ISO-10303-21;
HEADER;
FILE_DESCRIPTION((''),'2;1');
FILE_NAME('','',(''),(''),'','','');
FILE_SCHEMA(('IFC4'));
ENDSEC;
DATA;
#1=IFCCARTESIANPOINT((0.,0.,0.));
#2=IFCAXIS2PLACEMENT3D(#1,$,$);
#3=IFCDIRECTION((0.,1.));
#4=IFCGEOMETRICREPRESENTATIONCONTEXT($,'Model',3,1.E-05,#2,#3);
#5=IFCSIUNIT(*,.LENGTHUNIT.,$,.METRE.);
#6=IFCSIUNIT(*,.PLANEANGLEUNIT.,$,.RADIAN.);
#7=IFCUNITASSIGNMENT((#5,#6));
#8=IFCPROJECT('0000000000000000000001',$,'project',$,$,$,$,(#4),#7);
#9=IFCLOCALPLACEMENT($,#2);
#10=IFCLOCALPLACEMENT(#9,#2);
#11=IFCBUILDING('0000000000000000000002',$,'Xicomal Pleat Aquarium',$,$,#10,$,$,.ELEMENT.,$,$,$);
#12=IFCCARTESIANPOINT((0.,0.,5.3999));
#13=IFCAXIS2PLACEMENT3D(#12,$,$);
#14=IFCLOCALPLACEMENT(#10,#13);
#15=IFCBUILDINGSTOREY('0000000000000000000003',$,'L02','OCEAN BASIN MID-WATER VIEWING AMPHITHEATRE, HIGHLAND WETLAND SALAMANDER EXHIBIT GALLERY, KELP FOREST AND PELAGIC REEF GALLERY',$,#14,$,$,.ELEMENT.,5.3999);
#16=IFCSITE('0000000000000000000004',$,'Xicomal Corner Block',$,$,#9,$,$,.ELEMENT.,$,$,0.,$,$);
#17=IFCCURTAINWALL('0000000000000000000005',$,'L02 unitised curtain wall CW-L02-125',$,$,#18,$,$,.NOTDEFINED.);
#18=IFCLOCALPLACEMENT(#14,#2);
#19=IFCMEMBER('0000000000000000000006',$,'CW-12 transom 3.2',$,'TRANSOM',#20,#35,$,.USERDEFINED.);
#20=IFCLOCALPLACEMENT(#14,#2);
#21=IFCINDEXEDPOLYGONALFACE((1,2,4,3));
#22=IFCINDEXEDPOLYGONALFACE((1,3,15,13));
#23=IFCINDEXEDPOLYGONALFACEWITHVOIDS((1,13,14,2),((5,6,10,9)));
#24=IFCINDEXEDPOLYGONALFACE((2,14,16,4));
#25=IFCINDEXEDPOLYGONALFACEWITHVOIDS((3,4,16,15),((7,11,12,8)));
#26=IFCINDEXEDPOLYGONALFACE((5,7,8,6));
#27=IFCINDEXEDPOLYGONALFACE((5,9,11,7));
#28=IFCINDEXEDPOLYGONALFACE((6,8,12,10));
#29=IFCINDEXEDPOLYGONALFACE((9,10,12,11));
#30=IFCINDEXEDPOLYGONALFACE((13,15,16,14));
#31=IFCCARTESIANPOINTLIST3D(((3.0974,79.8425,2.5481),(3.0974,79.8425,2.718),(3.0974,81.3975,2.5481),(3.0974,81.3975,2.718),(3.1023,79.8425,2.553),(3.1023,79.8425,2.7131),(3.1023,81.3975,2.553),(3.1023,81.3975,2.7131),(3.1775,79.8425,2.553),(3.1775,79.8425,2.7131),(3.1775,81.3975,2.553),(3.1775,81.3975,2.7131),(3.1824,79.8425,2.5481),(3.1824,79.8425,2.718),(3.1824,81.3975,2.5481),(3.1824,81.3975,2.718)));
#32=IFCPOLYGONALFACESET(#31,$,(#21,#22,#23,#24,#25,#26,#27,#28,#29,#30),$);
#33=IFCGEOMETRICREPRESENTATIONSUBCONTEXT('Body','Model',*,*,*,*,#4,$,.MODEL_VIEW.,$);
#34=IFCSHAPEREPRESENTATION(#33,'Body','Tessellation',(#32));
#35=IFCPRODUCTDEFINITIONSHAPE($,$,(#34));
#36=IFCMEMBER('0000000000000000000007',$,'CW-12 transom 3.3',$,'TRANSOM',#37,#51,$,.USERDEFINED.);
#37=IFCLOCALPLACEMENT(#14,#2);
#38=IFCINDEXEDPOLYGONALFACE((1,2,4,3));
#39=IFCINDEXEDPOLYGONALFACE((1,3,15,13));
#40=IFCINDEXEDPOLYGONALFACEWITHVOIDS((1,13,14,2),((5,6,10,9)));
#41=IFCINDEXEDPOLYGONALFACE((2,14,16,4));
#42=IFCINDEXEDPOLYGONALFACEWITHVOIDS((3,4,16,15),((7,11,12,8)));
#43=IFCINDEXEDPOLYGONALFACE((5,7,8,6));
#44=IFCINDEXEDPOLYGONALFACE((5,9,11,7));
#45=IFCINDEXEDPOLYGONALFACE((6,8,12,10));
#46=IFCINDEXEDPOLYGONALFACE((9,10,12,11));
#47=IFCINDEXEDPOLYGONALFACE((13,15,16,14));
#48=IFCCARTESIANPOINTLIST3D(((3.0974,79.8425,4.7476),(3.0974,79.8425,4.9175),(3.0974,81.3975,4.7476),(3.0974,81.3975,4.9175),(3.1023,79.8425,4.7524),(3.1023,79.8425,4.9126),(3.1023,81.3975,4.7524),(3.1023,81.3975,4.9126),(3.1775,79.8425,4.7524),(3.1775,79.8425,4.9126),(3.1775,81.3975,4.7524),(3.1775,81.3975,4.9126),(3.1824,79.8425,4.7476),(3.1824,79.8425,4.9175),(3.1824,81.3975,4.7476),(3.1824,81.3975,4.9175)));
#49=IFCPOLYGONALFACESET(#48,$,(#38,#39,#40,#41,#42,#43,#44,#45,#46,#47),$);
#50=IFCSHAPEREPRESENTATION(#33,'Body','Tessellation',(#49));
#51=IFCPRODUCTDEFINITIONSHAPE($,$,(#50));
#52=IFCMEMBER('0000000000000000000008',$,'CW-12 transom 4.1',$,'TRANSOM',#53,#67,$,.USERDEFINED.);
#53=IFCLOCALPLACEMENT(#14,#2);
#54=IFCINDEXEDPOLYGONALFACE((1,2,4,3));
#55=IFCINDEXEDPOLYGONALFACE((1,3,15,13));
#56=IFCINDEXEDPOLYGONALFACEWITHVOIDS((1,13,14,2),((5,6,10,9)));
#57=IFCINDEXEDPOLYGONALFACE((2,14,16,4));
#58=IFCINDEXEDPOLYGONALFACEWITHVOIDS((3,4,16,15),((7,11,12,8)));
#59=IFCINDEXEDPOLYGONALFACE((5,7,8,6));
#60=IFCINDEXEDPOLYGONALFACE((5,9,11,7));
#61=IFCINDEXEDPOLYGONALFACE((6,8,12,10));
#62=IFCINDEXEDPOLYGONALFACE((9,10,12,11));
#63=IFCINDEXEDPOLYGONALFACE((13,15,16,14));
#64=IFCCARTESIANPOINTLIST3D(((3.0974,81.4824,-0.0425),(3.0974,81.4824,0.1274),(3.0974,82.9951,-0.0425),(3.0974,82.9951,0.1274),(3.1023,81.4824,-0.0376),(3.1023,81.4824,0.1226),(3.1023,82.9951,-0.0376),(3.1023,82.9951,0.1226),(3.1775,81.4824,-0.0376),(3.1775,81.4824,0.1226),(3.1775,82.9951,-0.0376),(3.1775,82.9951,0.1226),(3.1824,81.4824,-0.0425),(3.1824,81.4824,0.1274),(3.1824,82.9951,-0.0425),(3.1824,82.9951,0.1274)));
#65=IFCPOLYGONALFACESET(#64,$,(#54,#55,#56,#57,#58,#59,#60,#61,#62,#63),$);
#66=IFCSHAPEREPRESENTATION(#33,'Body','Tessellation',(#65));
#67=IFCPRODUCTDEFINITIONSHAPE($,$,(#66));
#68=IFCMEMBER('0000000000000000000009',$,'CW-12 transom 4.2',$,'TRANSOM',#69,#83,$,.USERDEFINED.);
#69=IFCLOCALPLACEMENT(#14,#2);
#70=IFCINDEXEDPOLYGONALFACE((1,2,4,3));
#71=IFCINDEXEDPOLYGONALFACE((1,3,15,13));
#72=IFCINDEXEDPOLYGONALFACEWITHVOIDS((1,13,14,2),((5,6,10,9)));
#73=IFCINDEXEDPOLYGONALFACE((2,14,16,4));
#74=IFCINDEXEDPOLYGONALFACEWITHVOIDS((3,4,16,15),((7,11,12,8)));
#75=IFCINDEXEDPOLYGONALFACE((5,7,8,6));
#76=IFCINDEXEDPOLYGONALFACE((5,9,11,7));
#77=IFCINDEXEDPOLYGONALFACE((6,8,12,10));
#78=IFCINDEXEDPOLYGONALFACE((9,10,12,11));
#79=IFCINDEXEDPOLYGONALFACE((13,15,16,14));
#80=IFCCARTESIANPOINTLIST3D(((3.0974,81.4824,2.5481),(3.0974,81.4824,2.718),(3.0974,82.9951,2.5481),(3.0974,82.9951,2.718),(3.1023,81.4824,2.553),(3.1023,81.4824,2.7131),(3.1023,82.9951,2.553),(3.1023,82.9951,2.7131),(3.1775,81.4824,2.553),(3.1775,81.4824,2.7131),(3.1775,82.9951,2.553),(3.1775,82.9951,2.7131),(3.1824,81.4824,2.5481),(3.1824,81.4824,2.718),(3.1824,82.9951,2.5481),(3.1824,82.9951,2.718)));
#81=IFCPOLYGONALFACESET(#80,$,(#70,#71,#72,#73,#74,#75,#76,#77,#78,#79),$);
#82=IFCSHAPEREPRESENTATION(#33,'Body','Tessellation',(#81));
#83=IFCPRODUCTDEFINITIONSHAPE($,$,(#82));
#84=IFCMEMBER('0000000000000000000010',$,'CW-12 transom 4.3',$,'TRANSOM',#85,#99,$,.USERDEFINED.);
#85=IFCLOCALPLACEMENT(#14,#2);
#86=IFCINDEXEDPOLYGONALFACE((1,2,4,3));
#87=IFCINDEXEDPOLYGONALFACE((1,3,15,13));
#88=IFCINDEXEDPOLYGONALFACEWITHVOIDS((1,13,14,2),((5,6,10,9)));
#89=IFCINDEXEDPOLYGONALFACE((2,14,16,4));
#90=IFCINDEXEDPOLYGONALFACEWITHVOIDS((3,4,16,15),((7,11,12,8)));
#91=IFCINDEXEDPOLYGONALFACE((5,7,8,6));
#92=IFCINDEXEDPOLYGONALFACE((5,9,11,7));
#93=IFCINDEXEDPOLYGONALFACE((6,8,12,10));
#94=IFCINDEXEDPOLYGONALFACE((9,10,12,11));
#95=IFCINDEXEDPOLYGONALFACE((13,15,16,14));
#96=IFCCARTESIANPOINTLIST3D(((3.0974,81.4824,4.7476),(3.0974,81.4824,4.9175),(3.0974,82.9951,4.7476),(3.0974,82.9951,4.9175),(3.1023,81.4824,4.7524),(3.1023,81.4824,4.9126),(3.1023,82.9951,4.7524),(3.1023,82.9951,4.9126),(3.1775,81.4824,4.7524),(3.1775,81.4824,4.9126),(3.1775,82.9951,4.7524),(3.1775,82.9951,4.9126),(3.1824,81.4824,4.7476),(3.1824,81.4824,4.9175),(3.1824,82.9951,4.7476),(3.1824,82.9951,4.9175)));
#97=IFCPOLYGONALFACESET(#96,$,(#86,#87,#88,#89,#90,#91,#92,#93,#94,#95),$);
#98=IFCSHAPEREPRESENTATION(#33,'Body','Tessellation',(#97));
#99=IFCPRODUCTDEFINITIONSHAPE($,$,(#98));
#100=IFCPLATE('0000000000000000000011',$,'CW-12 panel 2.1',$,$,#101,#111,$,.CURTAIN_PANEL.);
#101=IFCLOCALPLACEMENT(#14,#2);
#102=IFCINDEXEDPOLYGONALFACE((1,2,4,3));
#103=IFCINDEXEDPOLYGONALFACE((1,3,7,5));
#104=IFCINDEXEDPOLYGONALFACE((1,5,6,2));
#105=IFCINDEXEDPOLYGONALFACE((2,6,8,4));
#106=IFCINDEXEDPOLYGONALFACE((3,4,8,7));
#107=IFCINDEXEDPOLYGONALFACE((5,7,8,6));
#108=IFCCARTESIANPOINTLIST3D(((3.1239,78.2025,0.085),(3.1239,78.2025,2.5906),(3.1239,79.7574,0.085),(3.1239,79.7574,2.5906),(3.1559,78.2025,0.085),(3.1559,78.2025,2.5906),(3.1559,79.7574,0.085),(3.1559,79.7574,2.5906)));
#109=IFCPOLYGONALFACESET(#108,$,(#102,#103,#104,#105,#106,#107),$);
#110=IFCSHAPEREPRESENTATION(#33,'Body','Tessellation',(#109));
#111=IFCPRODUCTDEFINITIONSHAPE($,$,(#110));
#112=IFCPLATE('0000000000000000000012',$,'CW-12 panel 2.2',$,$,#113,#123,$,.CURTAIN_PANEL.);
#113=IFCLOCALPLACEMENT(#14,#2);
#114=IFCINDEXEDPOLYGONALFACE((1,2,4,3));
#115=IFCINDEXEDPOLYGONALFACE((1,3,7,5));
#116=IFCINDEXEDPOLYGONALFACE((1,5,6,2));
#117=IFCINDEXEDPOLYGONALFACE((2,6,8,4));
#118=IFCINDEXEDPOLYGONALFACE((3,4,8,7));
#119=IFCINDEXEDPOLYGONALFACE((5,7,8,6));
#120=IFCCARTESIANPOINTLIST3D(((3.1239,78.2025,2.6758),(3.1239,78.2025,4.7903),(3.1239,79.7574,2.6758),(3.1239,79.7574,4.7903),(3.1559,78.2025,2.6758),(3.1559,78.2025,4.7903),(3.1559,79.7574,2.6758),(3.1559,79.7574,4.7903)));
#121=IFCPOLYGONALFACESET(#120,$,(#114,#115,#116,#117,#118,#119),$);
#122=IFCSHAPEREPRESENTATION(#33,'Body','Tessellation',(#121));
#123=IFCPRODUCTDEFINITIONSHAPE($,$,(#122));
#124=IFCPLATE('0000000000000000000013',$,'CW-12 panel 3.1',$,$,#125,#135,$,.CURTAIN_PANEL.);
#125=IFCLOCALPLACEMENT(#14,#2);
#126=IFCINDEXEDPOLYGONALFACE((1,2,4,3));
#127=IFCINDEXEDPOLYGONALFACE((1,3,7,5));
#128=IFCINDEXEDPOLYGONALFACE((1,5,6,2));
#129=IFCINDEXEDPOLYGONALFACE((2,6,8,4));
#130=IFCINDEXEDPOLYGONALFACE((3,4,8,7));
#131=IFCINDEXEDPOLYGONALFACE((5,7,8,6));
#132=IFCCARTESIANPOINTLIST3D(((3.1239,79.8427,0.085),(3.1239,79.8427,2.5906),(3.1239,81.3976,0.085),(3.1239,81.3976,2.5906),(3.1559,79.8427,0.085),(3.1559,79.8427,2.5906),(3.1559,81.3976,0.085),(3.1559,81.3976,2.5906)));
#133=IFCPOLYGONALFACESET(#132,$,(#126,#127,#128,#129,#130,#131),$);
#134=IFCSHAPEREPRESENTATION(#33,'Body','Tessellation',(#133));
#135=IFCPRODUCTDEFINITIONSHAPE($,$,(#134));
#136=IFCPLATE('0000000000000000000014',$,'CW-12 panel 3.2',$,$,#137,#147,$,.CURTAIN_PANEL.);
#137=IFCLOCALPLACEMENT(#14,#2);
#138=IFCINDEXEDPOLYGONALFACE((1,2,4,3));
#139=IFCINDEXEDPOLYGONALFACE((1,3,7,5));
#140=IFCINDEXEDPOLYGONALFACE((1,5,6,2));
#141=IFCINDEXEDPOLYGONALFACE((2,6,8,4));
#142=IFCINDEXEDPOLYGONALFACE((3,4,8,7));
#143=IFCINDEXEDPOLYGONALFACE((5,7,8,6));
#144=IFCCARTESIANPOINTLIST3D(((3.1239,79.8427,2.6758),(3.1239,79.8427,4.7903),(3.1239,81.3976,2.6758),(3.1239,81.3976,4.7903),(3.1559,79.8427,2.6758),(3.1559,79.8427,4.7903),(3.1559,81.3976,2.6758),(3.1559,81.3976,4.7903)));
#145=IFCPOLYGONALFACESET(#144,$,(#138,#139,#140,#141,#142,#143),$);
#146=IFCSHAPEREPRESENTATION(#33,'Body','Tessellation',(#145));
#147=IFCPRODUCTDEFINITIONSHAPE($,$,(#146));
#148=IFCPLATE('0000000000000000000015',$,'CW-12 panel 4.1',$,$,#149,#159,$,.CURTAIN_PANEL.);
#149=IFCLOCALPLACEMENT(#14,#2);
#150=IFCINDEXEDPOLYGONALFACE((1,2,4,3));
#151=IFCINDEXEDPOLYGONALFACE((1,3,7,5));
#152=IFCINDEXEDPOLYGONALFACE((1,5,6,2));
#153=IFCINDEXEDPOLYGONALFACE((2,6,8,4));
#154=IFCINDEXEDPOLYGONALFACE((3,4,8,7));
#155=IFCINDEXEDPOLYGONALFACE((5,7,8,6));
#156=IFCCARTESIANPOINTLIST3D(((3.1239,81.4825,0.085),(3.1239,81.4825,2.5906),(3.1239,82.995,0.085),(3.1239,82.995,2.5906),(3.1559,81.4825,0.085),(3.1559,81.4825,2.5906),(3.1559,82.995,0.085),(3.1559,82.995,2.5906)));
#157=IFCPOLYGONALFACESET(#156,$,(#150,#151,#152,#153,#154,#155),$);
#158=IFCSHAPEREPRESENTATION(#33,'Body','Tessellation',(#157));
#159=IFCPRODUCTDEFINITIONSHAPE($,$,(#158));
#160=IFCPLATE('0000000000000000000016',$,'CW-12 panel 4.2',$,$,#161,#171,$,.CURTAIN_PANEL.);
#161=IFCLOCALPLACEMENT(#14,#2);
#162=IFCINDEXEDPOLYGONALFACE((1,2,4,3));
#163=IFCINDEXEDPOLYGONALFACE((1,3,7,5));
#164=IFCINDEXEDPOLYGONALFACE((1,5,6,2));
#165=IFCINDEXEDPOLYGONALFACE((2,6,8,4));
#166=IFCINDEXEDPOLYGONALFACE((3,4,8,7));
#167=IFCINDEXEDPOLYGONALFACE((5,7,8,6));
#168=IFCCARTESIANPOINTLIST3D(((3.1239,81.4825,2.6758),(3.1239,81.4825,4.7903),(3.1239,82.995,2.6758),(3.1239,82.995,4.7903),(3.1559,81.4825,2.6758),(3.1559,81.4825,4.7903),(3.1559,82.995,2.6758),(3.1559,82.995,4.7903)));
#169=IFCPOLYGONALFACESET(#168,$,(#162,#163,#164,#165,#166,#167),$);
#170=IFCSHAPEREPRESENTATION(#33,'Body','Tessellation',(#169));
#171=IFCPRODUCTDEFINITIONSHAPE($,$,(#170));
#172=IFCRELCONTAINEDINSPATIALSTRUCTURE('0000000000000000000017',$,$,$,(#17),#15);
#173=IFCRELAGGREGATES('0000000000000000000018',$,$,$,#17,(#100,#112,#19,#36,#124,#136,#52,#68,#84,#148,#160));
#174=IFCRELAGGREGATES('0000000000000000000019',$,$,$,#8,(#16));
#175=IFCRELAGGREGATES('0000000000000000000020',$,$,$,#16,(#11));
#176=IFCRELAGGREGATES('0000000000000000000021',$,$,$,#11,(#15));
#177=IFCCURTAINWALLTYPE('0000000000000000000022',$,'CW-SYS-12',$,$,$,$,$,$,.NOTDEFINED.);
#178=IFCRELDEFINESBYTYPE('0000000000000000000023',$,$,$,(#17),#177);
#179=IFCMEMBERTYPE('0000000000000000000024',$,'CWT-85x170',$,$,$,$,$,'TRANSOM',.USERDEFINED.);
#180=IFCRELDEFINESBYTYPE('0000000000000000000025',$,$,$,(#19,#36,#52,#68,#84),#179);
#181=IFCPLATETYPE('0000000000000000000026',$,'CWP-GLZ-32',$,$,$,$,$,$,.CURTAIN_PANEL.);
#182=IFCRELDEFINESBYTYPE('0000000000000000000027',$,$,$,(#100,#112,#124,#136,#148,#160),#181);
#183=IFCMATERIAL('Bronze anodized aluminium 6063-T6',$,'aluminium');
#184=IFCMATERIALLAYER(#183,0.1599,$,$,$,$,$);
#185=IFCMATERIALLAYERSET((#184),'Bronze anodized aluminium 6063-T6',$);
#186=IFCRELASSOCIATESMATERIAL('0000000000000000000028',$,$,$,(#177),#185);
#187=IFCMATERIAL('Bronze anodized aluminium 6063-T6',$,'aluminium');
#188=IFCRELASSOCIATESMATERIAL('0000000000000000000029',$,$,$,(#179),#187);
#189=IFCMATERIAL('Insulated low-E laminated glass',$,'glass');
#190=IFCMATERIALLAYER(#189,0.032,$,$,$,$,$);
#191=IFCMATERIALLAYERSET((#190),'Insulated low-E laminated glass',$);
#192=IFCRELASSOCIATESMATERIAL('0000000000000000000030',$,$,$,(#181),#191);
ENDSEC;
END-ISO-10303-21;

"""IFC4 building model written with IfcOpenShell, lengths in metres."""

from ifc_helpers import new_model, si_unit, direction, frame, origin, origin_2d, place, context, subcontext, project, spatial, rectangle, hollow_rectangle, extrude, material, layer, layer_set, material_profile, profile_set, type_object, element, aggregate, save


model = new_model("IFC4")

# Units and contexts
model_context = context("Model", 3, precision=1e-05, world=origin(), true_north=direction((0.0, 1.0)))
body_context = subcontext(model_context, "Body", "Model", "MODEL_VIEW")
ifc_project = project(units=[si_unit("LENGTHUNIT", "METRE"), si_unit("PLANEANGLEUNIT", "RADIAN")], contexts=[model_context])

# Site, building, storey
site_placement = place(None, origin())
site = spatial("IfcSite", under=ifc_project, at=site_placement, Name="Xicomal Corner Block", CompositionType="ELEMENT", RefElevation=0.0)
building_placement = place(site_placement, origin())
building = spatial("IfcBuilding", under=site, at=building_placement, Name="Xicomal Pleat Aquarium", CompositionType="ELEMENT")
storey_placement = place(building_placement, frame((0.0, 0.0, 5.3999)))
storey = spatial("IfcBuildingStorey", under=building, at=storey_placement, Name="L02", Description="OCEAN BASIN MID-WATER VIEWING AMPHITHEATRE, HIGHLAND WETLAND SALAMANDER EXHIBIT GALLERY, KELP FOREST AND PELAGIC REEF GALLERY", CompositionType="ELEMENT", Elevation=5.3999)

# Curtain wall, members, plates
ifc_material_1 = material(Name="Bronze anodized aluminium 6063-T6", Category="aluminium")
ifc_layer_1 = layer(ifc_material_1, 0.1599)
ifc_layer_set_1 = layer_set([ifc_layer_1], Name="Bronze anodized aluminium 6063-T6")
curtain_wall_type = type_object("IfcCurtainWallType", Name="CW-SYS-12", PredefinedType="NOTDEFINED", material=ifc_layer_set_1)
curtain_wall_placement = place(storey_placement, origin())
curtain_wall = element("IfcCurtainWall", 1, at=curtain_wall_placement, inside=storey, type_object=curtain_wall_type, Name="L02 unitised curtain wall CW-L02-125", PredefinedType="NOTDEFINED")
ifc_material_2 = material(Name="Bronze anodized aluminium 6063-T6", Category="aluminium")
ifc_material_profile_1 = material_profile(ifc_material_2, hollow_rectangle(XDim=0.085, YDim=0.1699, WallThickness=0.0049, at=origin_2d()), Name="ALU TRAN 85x170")
ifc_profile_set_1 = profile_set([ifc_material_profile_1], Name="Bronze anodized aluminium 6063-T6")
member_type_1 = type_object("IfcMemberType", Name="CWT-85x170", ElementType="TRANSOM", PredefinedType="USERDEFINED", material=ifc_profile_set_1)
member_1_placement = place(storey_placement, frame((3.1399, 79.8425, 2.6331), z_axis=(0.0, 1.0, 0.0), x_axis=(-1.0, 0.0, 0.0)))
member_1 = element("IfcMember", 2, at=member_1_placement, type_object=member_type_1, Name="CW-12 transom 3.2", ObjectType="TRANSOM", PredefinedType="USERDEFINED", context=body_context, shape_type="SweptSolid", body=[
    extrude(hollow_rectangle(XDim=0.085, YDim=0.1699, WallThickness=0.0049, at=origin_2d()), origin(), (0.0, 0.0, 1.0), 1.5549),
])
member_2_placement = place(storey_placement, frame((3.1399, 79.8425, 4.8325), z_axis=(0.0, 1.0, 0.0), x_axis=(-1.0, 0.0, 0.0)))
member_2 = element("IfcMember", 3, at=member_2_placement, type_object=member_type_1, Name="CW-12 transom 3.3", ObjectType="TRANSOM", PredefinedType="USERDEFINED", context=body_context, shape_type="SweptSolid", body=[
    extrude(hollow_rectangle(XDim=0.085, YDim=0.1699, WallThickness=0.0049, at=origin_2d()), origin(), (0.0, 0.0, 1.0), 1.5549),
])
member_3_placement = place(storey_placement, frame((3.1399, 81.4824, 0.0425), z_axis=(0.0, 1.0, 0.0), x_axis=(-1.0, 0.0, 0.0)))
member_3 = element("IfcMember", 4, at=member_3_placement, type_object=member_type_1, Name="CW-12 transom 4.1", ObjectType="TRANSOM", PredefinedType="USERDEFINED", context=body_context, shape_type="SweptSolid", body=[
    extrude(hollow_rectangle(XDim=0.085, YDim=0.1699, WallThickness=0.0049, at=origin_2d()), origin(), (0.0, 0.0, 1.0), 1.5127),
])
member_4_placement = place(storey_placement, frame((3.1399, 81.4824, 2.6331), z_axis=(0.0, 1.0, 0.0), x_axis=(-1.0, 0.0, 0.0)))
member_4 = element("IfcMember", 5, at=member_4_placement, type_object=member_type_1, Name="CW-12 transom 4.2", ObjectType="TRANSOM", PredefinedType="USERDEFINED", context=body_context, shape_type="SweptSolid", body=[
    extrude(hollow_rectangle(XDim=0.085, YDim=0.1699, WallThickness=0.0049, at=origin_2d()), origin(), (0.0, 0.0, 1.0), 1.5127),
])
member_5_placement = place(storey_placement, frame((3.1399, 81.4824, 4.8325), z_axis=(0.0, 1.0, 0.0), x_axis=(-1.0, 0.0, 0.0)))
member_5 = element("IfcMember", 6, at=member_5_placement, type_object=member_type_1, Name="CW-12 transom 4.3", ObjectType="TRANSOM", PredefinedType="USERDEFINED", context=body_context, shape_type="SweptSolid", body=[
    extrude(hollow_rectangle(XDim=0.085, YDim=0.1699, WallThickness=0.0049, at=origin_2d()), origin(), (0.0, 0.0, 1.0), 1.5127),
])
ifc_material_3 = material(Name="Insulated low-E laminated glass", Category="glass")
ifc_layer_2 = layer(ifc_material_3, 0.032)
ifc_layer_set_2 = layer_set([ifc_layer_2], Name="Insulated low-E laminated glass")
plate_type = type_object("IfcPlateType", Name="CWP-GLZ-32", PredefinedType="CURTAIN_PANEL", material=ifc_layer_set_2)
plate_1_placement = place(storey_placement, frame((3.1399, 78.98, 0.085), z_axis=(0.0, 0.0, 1.0), x_axis=(0.0, 1.0, 0.0)))
plate_1 = element("IfcPlate", 7, at=plate_1_placement, type_object=plate_type, Name="CW-12 panel 2.1", PredefinedType="CURTAIN_PANEL", context=body_context, shape_type="SweptSolid", body=[
    extrude(rectangle(XDim=1.5549, YDim=0.032, at=origin_2d()), origin(), (0.0, 0.0, 1.0), 2.5056),
])
plate_2_placement = place(storey_placement, frame((3.1399, 78.98, 2.6758), z_axis=(0.0, 0.0, 1.0), x_axis=(0.0, 1.0, 0.0)))
plate_2 = element("IfcPlate", 8, at=plate_2_placement, type_object=plate_type, Name="CW-12 panel 2.2", PredefinedType="CURTAIN_PANEL", context=body_context, shape_type="SweptSolid", body=[
    extrude(rectangle(XDim=1.5549, YDim=0.032, at=origin_2d()), origin(), (0.0, 0.0, 1.0), 2.1145),
])
plate_3_placement = place(storey_placement, frame((3.1399, 80.6201, 0.085), z_axis=(0.0, 0.0, 1.0), x_axis=(0.0, 1.0, 0.0)))
plate_3 = element("IfcPlate", 9, at=plate_3_placement, type_object=plate_type, Name="CW-12 panel 3.1", PredefinedType="CURTAIN_PANEL", context=body_context, shape_type="SweptSolid", body=[
    extrude(rectangle(XDim=1.5549, YDim=0.032, at=origin_2d()), origin(), (0.0, 0.0, 1.0), 2.5056),
])
plate_4_placement = place(storey_placement, frame((3.1399, 80.6201, 2.6758), z_axis=(0.0, 0.0, 1.0), x_axis=(0.0, 1.0, 0.0)))
plate_4 = element("IfcPlate", 10, at=plate_4_placement, type_object=plate_type, Name="CW-12 panel 3.2", PredefinedType="CURTAIN_PANEL", context=body_context, shape_type="SweptSolid", body=[
    extrude(rectangle(XDim=1.5549, YDim=0.032, at=origin_2d()), origin(), (0.0, 0.0, 1.0), 2.1145),
])
plate_5_placement = place(storey_placement, frame((3.1399, 82.2388, 0.085), z_axis=(0.0, 0.0, 1.0), x_axis=(0.0, 1.0, 0.0)))
plate_5 = element("IfcPlate", 11, at=plate_5_placement, type_object=plate_type, Name="CW-12 panel 4.1", PredefinedType="CURTAIN_PANEL", context=body_context, shape_type="SweptSolid", body=[
    extrude(rectangle(XDim=1.5125, YDim=0.032, at=origin_2d()), origin(), (0.0, 0.0, 1.0), 2.5056),
])
plate_6_placement = place(storey_placement, frame((3.1399, 82.2388, 2.6758), z_axis=(0.0, 0.0, 1.0), x_axis=(0.0, 1.0, 0.0)))
plate_6 = element("IfcPlate", 12, at=plate_6_placement, type_object=plate_type, Name="CW-12 panel 4.2", PredefinedType="CURTAIN_PANEL", context=body_context, shape_type="SweptSolid", body=[
    extrude(rectangle(XDim=1.5125, YDim=0.032, at=origin_2d()), origin(), (0.0, 0.0, 1.0), 2.1145),
])
aggregate(curtain_wall, [plate_1, plate_2, member_1, member_2, plate_3, plate_4, member_3, member_4, member_5, plate_5, plate_6])

save(model, "model.ifc")
